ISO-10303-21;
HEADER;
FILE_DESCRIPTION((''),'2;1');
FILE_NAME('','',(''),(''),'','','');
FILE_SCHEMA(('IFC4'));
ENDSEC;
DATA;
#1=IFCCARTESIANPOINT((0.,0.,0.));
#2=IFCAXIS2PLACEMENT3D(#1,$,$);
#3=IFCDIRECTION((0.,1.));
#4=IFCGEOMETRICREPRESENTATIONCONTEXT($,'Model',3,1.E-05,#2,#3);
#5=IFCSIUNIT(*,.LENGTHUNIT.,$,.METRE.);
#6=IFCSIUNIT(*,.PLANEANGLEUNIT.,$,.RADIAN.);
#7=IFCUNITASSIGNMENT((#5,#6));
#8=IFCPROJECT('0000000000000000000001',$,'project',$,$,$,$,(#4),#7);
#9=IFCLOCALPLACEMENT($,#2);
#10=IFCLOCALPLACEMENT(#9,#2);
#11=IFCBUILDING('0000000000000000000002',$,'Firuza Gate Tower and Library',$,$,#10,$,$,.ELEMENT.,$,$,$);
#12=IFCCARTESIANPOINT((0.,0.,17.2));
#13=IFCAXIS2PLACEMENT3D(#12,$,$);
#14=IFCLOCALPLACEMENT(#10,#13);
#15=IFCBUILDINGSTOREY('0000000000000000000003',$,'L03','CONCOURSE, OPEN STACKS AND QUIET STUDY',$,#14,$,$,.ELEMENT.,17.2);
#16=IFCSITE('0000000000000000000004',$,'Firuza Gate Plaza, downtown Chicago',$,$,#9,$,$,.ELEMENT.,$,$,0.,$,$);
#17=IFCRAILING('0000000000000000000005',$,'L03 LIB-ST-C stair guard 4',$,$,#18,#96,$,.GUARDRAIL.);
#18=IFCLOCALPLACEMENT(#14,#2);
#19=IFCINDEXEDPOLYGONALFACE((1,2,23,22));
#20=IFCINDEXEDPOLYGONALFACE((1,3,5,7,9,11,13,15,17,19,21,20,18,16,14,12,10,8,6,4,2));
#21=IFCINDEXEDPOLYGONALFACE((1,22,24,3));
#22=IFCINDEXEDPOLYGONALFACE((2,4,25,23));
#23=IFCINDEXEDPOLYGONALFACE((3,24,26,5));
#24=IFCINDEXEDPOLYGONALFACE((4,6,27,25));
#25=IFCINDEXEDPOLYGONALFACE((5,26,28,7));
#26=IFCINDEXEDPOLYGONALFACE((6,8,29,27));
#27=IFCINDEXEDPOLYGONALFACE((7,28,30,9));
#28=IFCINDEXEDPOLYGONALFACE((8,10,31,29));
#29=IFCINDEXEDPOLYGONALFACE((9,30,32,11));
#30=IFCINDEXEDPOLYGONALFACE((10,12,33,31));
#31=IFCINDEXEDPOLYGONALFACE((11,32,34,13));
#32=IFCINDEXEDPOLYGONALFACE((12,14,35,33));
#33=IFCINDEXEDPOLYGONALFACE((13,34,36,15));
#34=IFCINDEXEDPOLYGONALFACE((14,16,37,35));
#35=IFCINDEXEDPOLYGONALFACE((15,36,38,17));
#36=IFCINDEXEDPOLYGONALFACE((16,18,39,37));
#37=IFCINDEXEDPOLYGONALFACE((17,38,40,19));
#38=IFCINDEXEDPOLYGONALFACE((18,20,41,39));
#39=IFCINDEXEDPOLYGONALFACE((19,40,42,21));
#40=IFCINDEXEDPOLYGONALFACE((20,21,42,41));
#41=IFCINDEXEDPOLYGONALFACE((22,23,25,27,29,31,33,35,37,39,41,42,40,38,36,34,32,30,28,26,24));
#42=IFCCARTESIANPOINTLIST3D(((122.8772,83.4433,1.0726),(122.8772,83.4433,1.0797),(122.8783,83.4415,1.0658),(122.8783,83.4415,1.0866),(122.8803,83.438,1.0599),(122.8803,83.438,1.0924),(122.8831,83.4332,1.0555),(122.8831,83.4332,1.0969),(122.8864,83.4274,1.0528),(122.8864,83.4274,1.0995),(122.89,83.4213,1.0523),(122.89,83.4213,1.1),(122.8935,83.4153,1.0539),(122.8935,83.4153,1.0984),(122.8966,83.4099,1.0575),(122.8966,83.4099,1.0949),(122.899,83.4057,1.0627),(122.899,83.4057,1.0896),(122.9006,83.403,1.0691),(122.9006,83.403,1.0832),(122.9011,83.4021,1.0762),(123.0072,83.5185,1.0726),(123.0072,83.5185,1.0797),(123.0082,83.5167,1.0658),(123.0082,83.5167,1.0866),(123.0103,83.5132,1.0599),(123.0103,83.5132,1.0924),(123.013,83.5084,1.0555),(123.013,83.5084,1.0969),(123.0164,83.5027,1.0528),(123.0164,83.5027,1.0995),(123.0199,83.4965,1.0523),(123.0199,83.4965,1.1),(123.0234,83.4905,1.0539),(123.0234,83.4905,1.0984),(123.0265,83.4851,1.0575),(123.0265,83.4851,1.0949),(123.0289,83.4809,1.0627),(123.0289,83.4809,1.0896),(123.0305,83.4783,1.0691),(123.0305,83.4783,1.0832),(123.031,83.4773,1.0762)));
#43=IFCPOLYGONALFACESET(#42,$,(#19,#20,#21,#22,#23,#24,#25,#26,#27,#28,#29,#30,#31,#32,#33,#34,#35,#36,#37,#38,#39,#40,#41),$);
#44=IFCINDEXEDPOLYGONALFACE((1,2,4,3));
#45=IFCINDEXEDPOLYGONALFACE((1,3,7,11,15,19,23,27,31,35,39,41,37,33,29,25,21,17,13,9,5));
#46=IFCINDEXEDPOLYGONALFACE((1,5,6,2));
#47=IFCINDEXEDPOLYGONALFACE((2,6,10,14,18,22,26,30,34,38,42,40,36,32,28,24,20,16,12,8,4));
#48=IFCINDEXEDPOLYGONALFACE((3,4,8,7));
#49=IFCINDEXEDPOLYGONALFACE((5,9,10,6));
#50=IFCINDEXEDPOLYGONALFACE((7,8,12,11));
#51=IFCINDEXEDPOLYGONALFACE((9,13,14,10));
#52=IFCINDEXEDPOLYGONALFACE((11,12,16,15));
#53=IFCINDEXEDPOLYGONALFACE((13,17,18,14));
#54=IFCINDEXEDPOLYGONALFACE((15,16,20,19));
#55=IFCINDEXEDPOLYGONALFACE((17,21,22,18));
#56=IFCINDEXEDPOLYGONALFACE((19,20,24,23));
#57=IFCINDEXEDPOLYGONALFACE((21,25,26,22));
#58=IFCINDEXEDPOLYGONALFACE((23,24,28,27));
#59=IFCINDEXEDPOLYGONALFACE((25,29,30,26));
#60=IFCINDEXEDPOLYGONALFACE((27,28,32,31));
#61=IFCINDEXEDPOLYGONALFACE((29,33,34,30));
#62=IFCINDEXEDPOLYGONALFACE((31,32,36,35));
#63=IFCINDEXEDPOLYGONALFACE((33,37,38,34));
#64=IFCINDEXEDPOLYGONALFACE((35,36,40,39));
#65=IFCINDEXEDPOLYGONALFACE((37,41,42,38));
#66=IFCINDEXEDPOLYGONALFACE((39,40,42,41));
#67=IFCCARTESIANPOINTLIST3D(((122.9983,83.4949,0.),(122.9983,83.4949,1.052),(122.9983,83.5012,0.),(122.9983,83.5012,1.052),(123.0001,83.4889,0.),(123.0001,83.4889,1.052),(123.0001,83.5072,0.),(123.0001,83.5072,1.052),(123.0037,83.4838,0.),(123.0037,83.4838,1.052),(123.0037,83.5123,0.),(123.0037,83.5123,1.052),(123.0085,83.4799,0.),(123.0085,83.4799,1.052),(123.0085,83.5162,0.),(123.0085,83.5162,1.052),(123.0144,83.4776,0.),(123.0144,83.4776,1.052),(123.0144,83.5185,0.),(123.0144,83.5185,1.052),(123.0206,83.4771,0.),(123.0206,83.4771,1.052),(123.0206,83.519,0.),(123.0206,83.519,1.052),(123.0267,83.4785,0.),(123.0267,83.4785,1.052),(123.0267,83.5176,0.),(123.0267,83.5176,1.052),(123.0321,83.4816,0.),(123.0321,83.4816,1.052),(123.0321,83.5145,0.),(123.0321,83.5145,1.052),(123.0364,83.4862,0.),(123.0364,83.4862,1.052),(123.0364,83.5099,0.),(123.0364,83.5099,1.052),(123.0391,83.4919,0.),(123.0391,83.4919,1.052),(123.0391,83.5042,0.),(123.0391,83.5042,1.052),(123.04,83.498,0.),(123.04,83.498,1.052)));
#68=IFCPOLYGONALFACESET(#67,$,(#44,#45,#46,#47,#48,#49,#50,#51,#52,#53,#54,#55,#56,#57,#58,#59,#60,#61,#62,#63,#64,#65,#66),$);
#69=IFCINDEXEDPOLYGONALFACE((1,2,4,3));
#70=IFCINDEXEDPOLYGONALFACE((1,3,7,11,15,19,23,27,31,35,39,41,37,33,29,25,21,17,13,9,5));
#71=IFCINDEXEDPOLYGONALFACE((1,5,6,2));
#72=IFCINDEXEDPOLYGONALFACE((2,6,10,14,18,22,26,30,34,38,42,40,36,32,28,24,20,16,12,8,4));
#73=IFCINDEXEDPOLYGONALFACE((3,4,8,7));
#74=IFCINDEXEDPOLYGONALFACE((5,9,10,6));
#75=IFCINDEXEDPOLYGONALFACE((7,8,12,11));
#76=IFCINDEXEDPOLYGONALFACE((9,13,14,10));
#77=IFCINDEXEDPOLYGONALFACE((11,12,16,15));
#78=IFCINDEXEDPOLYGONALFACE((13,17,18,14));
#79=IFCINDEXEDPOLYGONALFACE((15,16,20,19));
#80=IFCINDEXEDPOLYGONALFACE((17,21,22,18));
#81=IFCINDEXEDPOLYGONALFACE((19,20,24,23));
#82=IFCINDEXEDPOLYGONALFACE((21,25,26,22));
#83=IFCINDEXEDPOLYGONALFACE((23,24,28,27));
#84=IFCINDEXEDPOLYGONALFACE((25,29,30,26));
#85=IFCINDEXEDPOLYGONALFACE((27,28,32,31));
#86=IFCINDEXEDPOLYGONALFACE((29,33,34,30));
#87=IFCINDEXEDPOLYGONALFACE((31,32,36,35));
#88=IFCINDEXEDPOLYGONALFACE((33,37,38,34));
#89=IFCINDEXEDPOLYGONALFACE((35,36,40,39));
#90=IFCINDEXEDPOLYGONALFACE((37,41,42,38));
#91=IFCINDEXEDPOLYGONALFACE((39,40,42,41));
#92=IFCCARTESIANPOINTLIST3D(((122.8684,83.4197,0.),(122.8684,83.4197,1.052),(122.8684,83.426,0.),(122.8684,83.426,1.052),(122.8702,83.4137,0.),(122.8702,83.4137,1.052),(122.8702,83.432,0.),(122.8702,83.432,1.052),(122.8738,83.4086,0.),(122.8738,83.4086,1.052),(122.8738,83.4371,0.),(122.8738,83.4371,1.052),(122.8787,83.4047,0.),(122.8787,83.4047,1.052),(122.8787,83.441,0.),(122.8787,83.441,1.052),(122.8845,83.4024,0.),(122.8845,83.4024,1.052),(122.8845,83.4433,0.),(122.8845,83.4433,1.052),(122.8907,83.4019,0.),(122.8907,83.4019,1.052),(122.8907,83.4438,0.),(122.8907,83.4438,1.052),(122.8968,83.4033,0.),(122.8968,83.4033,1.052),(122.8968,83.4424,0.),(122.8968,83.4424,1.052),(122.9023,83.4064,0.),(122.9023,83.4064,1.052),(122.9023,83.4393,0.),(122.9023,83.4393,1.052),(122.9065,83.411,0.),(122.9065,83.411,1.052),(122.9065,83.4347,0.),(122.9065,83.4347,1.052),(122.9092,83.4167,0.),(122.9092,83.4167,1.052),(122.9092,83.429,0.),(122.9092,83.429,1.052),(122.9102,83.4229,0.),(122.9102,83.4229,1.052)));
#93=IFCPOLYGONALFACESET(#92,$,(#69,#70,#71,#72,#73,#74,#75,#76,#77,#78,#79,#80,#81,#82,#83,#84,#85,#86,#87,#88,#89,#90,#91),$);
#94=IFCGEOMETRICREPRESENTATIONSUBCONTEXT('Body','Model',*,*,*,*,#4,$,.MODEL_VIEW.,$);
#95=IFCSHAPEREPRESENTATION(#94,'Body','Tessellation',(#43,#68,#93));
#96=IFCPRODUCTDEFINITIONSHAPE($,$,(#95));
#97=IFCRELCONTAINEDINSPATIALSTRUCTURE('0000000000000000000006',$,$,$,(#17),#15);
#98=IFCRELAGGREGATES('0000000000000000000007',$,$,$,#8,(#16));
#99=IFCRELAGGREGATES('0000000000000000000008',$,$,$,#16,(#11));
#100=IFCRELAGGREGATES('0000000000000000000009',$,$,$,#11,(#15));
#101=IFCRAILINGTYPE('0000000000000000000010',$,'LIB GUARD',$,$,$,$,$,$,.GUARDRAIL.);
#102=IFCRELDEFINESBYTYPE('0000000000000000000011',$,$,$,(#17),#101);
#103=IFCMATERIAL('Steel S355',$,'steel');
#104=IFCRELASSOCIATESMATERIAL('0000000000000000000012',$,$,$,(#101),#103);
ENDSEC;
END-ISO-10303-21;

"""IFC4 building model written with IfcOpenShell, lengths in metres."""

from ifc_helpers import new_model, si_unit, direction, frame, origin, origin_2d, place, context, subcontext, project, spatial, circle, extrude, material, type_object, element, save


model = new_model("IFC4")

# Units and contexts
model_context = context("Model", 3, precision=1e-05, world=origin(), true_north=direction((0.0, 1.0)))
body_context = subcontext(model_context, "Body", "Model", "MODEL_VIEW")
ifc_project = project(units=[si_unit("LENGTHUNIT", "METRE"), si_unit("PLANEANGLEUNIT", "RADIAN")], contexts=[model_context])

# Site, building, storey
site_placement = place(None, origin())
site = spatial("IfcSite", under=ifc_project, at=site_placement, Name="Firuza Gate Plaza, downtown Chicago", CompositionType="ELEMENT", RefElevation=0.0)
building_placement = place(site_placement, origin())
building = spatial("IfcBuilding", under=site, at=building_placement, Name="Firuza Gate Tower and Library", CompositionType="ELEMENT")
storey_placement = place(building_placement, frame((0.0, 0.0, 17.2)))
storey = spatial("IfcBuildingStorey", under=building, at=storey_placement, Name="L03", Description="CONCOURSE, OPEN STACKS AND QUIET STUDY", CompositionType="ELEMENT", Elevation=17.2)

# Railing
ifc_material_1 = material(Name="Steel S355", Category="steel")
railing_type_1 = type_object("IfcRailingType", Name="LIB GUARD", PredefinedType="GUARDRAIL", material=ifc_material_1)
railing_1_placement = place(storey_placement, frame((123.019, 83.498, 0.0)))
element("IfcRailing", 1, at=railing_1_placement, inside=storey, type_object=railing_type_1, Name="L03 LIB-ST-C stair guard 4", PredefinedType="GUARDRAIL", context=body_context, shape_type="SweptSolid", body=[
    extrude(circle(Radius=0.0239, at=origin_2d()), frame((0.0, 0.0, 1.0762), z_axis=(-0.865426, -0.501036, 0.0), x_axis=(0.501036, -0.865426, 0.0)), (0.0, 0.0, 1.0), 0.1501),
    extrude(circle(Radius=0.021, at=origin_2d()), origin(), (0.0, 0.0, 1.0), 1.052),
    extrude(circle(Radius=0.021, at=origin_2d()), frame((-0.1299, -0.0752, 0.0)), (0.0, 0.0, 1.0), 1.052),
])

save(model, "model.ifc")
